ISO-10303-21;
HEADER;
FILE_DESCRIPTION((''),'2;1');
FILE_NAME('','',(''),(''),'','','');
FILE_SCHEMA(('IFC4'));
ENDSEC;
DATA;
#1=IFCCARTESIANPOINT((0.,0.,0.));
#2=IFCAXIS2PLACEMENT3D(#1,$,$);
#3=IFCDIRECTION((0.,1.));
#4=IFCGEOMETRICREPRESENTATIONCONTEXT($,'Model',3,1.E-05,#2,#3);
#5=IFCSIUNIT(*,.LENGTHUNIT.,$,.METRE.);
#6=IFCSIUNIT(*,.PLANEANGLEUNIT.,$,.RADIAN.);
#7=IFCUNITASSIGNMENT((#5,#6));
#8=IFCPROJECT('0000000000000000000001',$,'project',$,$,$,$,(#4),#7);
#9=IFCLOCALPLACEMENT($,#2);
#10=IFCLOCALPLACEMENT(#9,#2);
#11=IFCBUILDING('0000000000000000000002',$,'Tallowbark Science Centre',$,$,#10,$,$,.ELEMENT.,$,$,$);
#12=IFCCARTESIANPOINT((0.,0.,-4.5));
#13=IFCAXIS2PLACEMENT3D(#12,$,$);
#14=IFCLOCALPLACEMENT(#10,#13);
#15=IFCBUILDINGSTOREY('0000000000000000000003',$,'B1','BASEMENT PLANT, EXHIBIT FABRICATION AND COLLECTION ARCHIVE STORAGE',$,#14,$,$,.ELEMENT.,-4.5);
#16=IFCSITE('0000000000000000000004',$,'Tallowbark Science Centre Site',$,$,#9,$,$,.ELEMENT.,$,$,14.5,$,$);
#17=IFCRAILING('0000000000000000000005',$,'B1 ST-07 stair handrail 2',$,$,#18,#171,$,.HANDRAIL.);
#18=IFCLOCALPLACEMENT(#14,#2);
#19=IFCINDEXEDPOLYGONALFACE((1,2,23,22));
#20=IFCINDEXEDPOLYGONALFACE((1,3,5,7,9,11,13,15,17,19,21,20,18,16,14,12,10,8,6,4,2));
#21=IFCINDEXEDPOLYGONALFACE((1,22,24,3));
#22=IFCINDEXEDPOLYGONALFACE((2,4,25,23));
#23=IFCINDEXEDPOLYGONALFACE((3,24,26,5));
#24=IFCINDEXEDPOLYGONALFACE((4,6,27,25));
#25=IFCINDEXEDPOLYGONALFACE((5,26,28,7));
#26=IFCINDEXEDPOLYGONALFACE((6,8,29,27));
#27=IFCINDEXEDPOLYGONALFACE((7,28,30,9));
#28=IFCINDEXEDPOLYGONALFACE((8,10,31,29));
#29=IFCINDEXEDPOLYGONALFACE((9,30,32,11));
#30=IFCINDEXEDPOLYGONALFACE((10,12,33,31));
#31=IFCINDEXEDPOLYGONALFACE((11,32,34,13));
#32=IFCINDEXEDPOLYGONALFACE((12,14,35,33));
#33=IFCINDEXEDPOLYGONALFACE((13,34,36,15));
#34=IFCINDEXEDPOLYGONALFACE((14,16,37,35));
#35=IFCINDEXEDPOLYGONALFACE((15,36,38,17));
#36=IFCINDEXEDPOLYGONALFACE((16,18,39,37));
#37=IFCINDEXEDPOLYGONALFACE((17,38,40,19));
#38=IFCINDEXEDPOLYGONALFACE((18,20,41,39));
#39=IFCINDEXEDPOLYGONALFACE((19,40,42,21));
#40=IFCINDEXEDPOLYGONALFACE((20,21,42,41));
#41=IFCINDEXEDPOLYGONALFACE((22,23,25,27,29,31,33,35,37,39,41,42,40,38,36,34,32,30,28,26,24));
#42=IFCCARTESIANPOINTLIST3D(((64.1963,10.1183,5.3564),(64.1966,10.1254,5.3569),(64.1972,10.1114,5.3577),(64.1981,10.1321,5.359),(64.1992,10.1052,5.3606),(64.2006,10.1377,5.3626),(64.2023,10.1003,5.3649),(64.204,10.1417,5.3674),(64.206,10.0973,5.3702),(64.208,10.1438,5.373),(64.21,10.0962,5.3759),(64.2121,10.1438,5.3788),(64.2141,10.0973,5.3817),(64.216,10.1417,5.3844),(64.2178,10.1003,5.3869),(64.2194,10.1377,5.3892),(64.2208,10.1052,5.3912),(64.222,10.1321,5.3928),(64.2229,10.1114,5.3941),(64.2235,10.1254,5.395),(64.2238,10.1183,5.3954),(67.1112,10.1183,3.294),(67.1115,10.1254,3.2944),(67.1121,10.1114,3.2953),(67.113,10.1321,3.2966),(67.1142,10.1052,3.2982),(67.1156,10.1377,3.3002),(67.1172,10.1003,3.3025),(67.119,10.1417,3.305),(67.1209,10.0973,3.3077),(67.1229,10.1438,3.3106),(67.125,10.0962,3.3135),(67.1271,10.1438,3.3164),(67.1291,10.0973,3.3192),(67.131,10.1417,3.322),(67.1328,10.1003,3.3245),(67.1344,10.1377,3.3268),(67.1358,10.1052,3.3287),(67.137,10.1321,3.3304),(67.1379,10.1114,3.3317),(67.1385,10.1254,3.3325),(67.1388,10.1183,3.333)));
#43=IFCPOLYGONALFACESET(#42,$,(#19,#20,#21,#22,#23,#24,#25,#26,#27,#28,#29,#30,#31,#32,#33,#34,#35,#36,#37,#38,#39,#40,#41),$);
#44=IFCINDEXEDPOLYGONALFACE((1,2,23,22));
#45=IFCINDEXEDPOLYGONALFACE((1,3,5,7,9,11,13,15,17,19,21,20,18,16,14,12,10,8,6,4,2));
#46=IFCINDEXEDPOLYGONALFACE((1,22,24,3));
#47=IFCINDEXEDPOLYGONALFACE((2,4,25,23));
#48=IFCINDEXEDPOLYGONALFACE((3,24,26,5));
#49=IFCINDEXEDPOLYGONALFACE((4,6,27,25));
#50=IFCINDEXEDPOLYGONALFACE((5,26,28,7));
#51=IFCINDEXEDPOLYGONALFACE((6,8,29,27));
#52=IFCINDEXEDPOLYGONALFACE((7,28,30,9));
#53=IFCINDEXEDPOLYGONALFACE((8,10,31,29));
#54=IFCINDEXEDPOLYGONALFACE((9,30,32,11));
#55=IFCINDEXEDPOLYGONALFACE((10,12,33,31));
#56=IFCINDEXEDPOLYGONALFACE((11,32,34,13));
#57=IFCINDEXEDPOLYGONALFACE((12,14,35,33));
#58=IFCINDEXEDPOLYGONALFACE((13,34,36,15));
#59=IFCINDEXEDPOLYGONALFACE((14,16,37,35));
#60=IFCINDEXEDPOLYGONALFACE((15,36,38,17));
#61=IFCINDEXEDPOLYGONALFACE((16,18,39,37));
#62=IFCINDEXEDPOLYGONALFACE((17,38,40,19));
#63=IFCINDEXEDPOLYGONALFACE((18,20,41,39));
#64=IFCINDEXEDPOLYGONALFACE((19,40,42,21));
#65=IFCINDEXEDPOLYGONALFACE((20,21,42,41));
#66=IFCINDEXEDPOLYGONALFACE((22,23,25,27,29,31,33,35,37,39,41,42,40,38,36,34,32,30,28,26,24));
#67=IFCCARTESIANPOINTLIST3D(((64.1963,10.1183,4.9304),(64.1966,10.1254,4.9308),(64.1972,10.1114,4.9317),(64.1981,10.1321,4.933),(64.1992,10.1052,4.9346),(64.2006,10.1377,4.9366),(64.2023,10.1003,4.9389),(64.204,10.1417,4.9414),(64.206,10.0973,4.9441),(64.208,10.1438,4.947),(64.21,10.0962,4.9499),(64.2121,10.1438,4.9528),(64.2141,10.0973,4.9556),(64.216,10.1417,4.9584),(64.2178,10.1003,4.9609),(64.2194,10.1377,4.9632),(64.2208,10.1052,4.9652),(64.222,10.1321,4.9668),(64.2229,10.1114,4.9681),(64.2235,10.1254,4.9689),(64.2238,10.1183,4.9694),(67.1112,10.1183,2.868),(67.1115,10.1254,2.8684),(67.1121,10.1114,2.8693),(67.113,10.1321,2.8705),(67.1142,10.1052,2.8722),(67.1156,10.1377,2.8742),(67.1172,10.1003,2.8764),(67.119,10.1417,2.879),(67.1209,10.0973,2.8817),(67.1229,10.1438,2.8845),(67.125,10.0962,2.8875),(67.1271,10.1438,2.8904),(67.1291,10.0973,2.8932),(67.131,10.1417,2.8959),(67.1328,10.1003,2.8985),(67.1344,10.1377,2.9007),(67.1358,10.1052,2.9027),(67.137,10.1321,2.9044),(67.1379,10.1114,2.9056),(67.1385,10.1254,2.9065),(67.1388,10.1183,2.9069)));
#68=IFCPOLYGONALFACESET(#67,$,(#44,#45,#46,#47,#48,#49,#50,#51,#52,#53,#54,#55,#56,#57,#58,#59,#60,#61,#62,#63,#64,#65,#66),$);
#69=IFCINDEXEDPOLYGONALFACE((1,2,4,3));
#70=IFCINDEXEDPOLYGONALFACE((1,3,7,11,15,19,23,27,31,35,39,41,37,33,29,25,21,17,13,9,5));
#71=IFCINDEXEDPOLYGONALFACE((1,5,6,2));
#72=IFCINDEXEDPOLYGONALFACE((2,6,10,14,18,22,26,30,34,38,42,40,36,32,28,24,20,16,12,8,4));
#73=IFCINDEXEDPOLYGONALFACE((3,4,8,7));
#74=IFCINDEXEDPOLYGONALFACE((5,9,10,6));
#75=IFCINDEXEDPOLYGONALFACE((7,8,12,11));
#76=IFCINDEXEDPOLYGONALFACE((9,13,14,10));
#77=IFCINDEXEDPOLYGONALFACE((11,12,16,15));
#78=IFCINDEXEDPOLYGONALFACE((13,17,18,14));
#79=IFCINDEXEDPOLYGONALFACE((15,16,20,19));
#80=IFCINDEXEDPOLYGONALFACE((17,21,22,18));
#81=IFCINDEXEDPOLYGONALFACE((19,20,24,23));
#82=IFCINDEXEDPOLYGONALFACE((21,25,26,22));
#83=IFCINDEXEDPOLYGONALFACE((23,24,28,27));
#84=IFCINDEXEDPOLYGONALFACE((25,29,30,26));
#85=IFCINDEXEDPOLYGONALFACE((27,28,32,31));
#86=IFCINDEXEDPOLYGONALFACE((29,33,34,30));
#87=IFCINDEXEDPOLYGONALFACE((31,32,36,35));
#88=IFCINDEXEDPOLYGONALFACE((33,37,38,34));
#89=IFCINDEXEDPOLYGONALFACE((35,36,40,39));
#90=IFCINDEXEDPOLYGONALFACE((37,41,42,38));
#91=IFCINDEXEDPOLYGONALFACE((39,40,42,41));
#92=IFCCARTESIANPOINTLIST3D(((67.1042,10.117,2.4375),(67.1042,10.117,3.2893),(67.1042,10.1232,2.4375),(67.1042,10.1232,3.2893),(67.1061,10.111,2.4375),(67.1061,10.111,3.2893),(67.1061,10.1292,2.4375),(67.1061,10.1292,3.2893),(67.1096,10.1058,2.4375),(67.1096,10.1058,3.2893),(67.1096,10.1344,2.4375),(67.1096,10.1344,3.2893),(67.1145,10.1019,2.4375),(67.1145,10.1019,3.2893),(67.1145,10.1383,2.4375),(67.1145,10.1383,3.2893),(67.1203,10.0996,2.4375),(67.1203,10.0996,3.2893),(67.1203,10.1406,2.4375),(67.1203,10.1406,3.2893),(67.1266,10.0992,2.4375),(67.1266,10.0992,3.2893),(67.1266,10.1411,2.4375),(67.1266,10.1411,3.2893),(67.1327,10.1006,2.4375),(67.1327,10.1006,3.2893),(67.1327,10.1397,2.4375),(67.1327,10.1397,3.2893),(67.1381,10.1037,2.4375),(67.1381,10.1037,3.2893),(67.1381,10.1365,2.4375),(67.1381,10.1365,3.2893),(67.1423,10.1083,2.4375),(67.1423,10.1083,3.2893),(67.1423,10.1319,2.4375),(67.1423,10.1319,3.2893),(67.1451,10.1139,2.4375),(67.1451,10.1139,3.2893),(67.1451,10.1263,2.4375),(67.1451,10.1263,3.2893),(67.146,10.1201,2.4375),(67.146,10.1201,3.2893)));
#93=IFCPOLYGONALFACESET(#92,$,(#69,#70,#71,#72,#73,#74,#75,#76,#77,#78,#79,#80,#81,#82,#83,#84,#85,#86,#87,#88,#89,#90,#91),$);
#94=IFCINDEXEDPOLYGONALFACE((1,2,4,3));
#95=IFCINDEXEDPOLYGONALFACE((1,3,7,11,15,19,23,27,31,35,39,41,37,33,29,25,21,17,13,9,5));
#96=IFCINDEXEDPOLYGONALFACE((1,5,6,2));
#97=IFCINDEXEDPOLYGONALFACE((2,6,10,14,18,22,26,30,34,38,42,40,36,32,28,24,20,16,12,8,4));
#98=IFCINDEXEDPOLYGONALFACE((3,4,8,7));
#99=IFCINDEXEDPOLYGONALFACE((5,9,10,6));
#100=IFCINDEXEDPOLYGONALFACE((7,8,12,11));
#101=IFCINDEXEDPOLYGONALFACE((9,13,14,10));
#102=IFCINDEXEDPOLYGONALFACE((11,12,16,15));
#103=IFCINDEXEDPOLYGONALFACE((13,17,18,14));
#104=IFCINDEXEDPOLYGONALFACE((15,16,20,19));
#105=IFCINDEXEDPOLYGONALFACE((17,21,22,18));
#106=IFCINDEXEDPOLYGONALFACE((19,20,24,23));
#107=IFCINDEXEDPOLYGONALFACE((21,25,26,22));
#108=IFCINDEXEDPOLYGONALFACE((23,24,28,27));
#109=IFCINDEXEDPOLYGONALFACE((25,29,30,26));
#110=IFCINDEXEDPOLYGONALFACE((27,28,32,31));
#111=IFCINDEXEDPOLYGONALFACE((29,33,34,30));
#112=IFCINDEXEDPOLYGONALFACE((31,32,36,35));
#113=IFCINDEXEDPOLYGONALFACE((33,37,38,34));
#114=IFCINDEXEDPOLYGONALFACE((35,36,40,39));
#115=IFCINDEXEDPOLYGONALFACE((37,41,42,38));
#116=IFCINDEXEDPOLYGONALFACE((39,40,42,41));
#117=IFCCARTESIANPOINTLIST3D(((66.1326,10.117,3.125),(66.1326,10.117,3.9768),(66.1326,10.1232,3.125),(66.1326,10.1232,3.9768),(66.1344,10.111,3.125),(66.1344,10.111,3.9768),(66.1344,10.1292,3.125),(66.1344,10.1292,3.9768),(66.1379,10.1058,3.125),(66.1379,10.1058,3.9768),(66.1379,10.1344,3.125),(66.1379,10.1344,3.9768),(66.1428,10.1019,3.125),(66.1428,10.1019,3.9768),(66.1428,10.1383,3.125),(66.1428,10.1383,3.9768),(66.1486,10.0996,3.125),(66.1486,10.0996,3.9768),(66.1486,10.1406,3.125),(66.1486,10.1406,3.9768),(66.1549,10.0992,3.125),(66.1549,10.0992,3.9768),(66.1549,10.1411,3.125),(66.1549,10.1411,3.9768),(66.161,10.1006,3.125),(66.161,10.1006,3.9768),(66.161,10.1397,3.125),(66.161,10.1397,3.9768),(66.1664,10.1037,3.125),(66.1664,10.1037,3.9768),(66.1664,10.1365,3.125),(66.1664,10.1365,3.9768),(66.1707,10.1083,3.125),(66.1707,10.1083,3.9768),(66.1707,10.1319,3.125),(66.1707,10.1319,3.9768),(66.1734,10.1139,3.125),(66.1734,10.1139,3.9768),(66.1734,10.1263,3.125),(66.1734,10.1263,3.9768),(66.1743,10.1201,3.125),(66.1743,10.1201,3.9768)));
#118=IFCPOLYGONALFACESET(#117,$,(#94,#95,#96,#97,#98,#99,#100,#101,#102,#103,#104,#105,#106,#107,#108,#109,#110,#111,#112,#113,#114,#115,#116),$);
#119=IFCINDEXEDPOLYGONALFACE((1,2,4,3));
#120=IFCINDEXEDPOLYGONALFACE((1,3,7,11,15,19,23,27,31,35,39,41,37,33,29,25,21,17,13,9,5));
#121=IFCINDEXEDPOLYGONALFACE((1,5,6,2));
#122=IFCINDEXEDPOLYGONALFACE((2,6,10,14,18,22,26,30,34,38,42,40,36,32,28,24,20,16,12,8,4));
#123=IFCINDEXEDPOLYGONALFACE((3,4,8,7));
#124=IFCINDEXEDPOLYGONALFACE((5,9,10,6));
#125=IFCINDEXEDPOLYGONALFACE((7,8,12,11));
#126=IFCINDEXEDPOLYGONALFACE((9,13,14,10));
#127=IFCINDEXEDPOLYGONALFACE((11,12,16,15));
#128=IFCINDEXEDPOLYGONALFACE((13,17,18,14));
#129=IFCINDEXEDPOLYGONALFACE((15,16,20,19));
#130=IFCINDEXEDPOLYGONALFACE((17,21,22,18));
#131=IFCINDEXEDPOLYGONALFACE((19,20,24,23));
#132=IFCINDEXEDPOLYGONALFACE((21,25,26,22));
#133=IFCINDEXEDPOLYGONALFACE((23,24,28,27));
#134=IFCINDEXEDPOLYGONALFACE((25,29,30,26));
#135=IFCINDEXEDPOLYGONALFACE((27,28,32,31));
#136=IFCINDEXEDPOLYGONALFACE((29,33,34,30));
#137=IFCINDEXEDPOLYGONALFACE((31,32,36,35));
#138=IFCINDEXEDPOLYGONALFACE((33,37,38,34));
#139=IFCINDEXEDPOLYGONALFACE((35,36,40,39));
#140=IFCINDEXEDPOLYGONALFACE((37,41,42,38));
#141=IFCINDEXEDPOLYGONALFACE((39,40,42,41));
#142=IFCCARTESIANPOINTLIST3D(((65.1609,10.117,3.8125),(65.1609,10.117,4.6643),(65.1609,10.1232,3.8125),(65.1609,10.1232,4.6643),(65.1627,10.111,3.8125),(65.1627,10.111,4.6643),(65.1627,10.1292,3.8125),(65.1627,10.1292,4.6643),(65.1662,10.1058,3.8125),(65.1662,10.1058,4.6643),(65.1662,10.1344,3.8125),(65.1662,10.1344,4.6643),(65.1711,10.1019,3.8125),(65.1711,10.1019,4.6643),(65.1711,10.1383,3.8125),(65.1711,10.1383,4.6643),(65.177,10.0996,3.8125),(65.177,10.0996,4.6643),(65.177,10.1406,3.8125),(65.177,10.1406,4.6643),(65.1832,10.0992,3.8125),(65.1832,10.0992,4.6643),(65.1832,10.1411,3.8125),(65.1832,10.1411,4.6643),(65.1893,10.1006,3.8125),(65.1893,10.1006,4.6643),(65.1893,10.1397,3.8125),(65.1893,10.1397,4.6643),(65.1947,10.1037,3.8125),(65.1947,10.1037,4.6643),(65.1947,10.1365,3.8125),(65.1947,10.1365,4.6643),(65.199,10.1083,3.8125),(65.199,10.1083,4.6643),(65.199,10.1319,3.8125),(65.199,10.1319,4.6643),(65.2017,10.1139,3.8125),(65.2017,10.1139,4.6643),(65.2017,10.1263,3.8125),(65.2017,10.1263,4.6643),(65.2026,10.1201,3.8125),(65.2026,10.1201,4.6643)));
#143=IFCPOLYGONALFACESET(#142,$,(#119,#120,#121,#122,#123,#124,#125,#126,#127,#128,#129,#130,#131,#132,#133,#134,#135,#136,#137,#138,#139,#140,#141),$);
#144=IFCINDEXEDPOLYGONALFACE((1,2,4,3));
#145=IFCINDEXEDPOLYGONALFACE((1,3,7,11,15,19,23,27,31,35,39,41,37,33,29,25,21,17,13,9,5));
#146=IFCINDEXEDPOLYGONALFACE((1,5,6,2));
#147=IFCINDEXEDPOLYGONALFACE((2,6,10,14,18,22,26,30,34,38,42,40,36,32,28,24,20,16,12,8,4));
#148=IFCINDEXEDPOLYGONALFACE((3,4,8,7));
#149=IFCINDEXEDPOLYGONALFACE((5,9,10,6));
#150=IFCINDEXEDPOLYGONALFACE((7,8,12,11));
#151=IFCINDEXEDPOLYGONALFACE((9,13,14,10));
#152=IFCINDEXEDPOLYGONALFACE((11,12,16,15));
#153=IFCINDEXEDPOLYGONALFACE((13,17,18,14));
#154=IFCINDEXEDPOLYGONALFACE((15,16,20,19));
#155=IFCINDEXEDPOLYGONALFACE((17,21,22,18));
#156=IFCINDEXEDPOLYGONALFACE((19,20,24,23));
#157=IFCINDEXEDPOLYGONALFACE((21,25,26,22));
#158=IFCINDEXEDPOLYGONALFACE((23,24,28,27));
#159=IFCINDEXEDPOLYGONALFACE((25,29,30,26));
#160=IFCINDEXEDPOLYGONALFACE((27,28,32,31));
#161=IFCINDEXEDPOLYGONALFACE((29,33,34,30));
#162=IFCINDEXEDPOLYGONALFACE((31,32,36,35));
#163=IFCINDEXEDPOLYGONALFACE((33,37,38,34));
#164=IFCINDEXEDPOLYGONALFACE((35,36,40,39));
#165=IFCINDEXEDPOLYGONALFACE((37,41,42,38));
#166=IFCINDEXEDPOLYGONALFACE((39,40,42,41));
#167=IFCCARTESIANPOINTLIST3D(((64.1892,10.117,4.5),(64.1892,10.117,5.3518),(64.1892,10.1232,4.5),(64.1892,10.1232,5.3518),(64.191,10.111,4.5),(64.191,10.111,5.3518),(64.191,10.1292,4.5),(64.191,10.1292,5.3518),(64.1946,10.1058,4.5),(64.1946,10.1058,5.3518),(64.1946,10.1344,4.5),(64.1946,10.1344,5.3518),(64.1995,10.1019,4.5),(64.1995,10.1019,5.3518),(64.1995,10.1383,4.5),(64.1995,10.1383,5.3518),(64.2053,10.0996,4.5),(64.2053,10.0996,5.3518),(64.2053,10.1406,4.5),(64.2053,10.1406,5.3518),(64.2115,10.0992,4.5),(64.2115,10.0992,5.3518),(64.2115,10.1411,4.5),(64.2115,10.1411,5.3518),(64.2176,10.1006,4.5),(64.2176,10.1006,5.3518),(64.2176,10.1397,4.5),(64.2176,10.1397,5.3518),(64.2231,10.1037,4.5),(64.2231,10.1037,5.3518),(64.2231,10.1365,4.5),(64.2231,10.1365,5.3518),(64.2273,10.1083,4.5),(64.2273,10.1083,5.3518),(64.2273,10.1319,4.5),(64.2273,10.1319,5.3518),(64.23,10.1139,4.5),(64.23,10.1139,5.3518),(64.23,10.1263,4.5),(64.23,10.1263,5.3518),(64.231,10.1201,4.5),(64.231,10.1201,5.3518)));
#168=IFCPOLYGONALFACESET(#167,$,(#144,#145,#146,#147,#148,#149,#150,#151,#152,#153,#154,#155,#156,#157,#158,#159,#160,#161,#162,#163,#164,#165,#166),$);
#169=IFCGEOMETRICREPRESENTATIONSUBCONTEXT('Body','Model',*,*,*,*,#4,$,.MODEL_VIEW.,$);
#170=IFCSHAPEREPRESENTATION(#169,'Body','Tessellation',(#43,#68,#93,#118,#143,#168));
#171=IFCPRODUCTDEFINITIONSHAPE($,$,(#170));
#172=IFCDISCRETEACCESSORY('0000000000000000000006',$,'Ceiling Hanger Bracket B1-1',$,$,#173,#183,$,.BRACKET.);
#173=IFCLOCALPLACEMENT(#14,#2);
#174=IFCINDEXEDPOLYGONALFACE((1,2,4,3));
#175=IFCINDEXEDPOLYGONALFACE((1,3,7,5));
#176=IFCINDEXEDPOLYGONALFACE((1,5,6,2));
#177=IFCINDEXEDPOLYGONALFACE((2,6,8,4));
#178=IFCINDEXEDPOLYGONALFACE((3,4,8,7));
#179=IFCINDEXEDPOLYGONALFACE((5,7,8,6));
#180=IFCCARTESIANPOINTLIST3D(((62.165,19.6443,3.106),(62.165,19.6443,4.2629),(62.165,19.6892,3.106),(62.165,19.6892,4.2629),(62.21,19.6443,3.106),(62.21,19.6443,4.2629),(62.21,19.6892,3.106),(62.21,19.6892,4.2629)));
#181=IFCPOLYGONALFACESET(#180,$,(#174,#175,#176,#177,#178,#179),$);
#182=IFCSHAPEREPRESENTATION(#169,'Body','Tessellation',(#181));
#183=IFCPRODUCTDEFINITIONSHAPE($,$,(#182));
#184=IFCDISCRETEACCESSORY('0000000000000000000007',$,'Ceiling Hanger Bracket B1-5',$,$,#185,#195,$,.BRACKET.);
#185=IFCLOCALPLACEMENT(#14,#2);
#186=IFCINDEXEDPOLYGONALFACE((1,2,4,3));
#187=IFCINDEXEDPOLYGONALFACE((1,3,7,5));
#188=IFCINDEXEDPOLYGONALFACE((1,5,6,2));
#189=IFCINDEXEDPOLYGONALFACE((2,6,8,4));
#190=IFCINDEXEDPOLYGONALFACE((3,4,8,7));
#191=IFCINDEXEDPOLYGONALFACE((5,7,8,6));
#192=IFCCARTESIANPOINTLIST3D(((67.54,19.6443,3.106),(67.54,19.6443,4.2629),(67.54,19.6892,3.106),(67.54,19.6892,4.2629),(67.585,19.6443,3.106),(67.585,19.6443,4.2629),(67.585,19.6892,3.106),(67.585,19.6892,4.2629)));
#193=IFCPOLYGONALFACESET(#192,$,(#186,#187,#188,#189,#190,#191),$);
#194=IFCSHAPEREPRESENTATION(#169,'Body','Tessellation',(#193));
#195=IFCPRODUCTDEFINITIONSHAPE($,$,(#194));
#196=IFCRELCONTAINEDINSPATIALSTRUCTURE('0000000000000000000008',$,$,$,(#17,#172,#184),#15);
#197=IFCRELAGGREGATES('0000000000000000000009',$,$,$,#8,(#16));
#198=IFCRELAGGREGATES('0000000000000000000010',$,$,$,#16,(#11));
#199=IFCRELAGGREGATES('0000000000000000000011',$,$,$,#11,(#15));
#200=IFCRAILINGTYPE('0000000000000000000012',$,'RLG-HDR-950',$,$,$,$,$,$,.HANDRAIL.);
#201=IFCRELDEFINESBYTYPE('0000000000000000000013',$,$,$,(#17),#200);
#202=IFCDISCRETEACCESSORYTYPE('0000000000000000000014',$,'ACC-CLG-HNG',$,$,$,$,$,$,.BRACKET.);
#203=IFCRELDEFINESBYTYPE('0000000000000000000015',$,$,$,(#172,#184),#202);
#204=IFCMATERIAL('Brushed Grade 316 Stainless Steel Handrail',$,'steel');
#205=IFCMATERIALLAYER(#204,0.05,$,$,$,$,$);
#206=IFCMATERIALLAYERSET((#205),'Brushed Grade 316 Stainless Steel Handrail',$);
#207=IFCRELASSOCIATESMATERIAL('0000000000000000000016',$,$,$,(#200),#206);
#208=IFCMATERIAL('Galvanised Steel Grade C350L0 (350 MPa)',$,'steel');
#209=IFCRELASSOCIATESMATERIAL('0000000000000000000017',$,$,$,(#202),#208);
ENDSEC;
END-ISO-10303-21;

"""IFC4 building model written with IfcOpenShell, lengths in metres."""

from ifc_helpers import new_model, si_unit, direction, frame, origin, origin_2d, place, context, subcontext, project, spatial, rectangle, circle, extrude, material, layer, layer_set, type_object, element, save


model = new_model("IFC4")

# Units and contexts
model_context = context("Model", 3, precision=1e-05, world=origin(), true_north=direction((0.0, 1.0)))
body_context = subcontext(model_context, "Body", "Model", "MODEL_VIEW")
ifc_project = project(units=[si_unit("LENGTHUNIT", "METRE"), si_unit("PLANEANGLEUNIT", "RADIAN")], contexts=[model_context])

# Site, building, storey
site_placement = place(None, origin())
site = spatial("IfcSite", under=ifc_project, at=site_placement, Name="Tallowbark Science Centre Site", CompositionType="ELEMENT", RefElevation=14.5)
building_placement = place(site_placement, origin())
building = spatial("IfcBuilding", under=site, at=building_placement, Name="Tallowbark Science Centre", CompositionType="ELEMENT")
storey_placement = place(building_placement, frame((0.0, 0.0, -4.5)))
storey = spatial("IfcBuildingStorey", under=building, at=storey_placement, Name="B1", Description="BASEMENT PLANT, EXHIBIT FABRICATION AND COLLECTION ARCHIVE STORAGE", CompositionType="ELEMENT", Elevation=-4.5)

# Railing
ifc_material_1 = material(Name="Brushed Grade 316 Stainless Steel Handrail", Category="steel")
ifc_layer_1 = layer(ifc_material_1, 0.05)
ifc_layer_set_1 = layer_set([ifc_layer_1], Name="Brushed Grade 316 Stainless Steel Handrail")
railing_type_1 = type_object("IfcRailingType", Name="RLG-HDR-950", PredefinedType="HANDRAIL", material=ifc_layer_set_1)
railing_1_placement = place(storey_placement, frame((67.125, 10.1201, 2.4375)))
element("IfcRailing", 1, at=railing_1_placement, inside=storey, type_object=railing_type_1, Name="B1 ST-07 stair handrail 2", PredefinedType="HANDRAIL", context=body_context, shape_type="SweptSolid", body=[
    extrude(circle(Radius=0.0239, at=origin_2d()), frame((0.0, 0.0, 0.876), z_axis=(-0.816331, 0.0, 0.577585), x_axis=(0.0, -1.0, 0.0)), (0.0, 0.0, 1.0), 3.5708),
    extrude(circle(Radius=0.0239, at=origin_2d()), frame((0.0, 0.0, 0.45), z_axis=(-0.816331, 0.0, 0.577585), x_axis=(0.0, -1.0, 0.0)), (0.0, 0.0, 1.0), 3.5708),
    extrude(circle(Radius=0.021, at=origin_2d()), origin(), (0.0, 0.0, 1.0), 0.8518),
    extrude(circle(Radius=0.021, at=origin_2d()), frame((-0.9717, 0.0, 0.6875)), (0.0, 0.0, 1.0), 0.8518),
    extrude(circle(Radius=0.021, at=origin_2d()), frame((-1.9434, 0.0, 1.375)), (0.0, 0.0, 1.0), 0.8518),
    extrude(circle(Radius=0.021, at=origin_2d()), frame((-2.915, 0.0, 2.0625)), (0.0, 0.0, 1.0), 0.8518),
])

# Discrete accessories
ifc_material_2 = material(Name="Galvanised Steel Grade C350L0 (350 MPa)", Category="steel")
discrete_accessory_type = type_object("IfcDiscreteAccessoryType", Name="ACC-CLG-HNG", PredefinedType="BRACKET", material=ifc_material_2)
for number, where, z_axis, x_axis, name in (
    (2, (62.1875, 19.6667, 3.106), (0.0, 0.0, 1.0), (1.0, 0.0, 0.0), "Ceiling Hanger Bracket B1-1"),
    (3, (67.5625, 19.6667, 3.106), (0.0, 0.0, 1.0), (1.0, 0.0, 0.0), "Ceiling Hanger Bracket B1-5"),
):
    element("IfcDiscreteAccessory", number, at=place(storey_placement, frame(where, z_axis=z_axis, x_axis=x_axis)), inside=storey, type_object=discrete_accessory_type, Name=name, PredefinedType="BRACKET", context=body_context, shape_type="SweptSolid", body=[
        extrude(rectangle(XDim=0.0449, YDim=0.0449, at=origin_2d()), origin(), (0.0, 0.0, 1.0), 1.157),
    ])

save(model, "model.ifc")
